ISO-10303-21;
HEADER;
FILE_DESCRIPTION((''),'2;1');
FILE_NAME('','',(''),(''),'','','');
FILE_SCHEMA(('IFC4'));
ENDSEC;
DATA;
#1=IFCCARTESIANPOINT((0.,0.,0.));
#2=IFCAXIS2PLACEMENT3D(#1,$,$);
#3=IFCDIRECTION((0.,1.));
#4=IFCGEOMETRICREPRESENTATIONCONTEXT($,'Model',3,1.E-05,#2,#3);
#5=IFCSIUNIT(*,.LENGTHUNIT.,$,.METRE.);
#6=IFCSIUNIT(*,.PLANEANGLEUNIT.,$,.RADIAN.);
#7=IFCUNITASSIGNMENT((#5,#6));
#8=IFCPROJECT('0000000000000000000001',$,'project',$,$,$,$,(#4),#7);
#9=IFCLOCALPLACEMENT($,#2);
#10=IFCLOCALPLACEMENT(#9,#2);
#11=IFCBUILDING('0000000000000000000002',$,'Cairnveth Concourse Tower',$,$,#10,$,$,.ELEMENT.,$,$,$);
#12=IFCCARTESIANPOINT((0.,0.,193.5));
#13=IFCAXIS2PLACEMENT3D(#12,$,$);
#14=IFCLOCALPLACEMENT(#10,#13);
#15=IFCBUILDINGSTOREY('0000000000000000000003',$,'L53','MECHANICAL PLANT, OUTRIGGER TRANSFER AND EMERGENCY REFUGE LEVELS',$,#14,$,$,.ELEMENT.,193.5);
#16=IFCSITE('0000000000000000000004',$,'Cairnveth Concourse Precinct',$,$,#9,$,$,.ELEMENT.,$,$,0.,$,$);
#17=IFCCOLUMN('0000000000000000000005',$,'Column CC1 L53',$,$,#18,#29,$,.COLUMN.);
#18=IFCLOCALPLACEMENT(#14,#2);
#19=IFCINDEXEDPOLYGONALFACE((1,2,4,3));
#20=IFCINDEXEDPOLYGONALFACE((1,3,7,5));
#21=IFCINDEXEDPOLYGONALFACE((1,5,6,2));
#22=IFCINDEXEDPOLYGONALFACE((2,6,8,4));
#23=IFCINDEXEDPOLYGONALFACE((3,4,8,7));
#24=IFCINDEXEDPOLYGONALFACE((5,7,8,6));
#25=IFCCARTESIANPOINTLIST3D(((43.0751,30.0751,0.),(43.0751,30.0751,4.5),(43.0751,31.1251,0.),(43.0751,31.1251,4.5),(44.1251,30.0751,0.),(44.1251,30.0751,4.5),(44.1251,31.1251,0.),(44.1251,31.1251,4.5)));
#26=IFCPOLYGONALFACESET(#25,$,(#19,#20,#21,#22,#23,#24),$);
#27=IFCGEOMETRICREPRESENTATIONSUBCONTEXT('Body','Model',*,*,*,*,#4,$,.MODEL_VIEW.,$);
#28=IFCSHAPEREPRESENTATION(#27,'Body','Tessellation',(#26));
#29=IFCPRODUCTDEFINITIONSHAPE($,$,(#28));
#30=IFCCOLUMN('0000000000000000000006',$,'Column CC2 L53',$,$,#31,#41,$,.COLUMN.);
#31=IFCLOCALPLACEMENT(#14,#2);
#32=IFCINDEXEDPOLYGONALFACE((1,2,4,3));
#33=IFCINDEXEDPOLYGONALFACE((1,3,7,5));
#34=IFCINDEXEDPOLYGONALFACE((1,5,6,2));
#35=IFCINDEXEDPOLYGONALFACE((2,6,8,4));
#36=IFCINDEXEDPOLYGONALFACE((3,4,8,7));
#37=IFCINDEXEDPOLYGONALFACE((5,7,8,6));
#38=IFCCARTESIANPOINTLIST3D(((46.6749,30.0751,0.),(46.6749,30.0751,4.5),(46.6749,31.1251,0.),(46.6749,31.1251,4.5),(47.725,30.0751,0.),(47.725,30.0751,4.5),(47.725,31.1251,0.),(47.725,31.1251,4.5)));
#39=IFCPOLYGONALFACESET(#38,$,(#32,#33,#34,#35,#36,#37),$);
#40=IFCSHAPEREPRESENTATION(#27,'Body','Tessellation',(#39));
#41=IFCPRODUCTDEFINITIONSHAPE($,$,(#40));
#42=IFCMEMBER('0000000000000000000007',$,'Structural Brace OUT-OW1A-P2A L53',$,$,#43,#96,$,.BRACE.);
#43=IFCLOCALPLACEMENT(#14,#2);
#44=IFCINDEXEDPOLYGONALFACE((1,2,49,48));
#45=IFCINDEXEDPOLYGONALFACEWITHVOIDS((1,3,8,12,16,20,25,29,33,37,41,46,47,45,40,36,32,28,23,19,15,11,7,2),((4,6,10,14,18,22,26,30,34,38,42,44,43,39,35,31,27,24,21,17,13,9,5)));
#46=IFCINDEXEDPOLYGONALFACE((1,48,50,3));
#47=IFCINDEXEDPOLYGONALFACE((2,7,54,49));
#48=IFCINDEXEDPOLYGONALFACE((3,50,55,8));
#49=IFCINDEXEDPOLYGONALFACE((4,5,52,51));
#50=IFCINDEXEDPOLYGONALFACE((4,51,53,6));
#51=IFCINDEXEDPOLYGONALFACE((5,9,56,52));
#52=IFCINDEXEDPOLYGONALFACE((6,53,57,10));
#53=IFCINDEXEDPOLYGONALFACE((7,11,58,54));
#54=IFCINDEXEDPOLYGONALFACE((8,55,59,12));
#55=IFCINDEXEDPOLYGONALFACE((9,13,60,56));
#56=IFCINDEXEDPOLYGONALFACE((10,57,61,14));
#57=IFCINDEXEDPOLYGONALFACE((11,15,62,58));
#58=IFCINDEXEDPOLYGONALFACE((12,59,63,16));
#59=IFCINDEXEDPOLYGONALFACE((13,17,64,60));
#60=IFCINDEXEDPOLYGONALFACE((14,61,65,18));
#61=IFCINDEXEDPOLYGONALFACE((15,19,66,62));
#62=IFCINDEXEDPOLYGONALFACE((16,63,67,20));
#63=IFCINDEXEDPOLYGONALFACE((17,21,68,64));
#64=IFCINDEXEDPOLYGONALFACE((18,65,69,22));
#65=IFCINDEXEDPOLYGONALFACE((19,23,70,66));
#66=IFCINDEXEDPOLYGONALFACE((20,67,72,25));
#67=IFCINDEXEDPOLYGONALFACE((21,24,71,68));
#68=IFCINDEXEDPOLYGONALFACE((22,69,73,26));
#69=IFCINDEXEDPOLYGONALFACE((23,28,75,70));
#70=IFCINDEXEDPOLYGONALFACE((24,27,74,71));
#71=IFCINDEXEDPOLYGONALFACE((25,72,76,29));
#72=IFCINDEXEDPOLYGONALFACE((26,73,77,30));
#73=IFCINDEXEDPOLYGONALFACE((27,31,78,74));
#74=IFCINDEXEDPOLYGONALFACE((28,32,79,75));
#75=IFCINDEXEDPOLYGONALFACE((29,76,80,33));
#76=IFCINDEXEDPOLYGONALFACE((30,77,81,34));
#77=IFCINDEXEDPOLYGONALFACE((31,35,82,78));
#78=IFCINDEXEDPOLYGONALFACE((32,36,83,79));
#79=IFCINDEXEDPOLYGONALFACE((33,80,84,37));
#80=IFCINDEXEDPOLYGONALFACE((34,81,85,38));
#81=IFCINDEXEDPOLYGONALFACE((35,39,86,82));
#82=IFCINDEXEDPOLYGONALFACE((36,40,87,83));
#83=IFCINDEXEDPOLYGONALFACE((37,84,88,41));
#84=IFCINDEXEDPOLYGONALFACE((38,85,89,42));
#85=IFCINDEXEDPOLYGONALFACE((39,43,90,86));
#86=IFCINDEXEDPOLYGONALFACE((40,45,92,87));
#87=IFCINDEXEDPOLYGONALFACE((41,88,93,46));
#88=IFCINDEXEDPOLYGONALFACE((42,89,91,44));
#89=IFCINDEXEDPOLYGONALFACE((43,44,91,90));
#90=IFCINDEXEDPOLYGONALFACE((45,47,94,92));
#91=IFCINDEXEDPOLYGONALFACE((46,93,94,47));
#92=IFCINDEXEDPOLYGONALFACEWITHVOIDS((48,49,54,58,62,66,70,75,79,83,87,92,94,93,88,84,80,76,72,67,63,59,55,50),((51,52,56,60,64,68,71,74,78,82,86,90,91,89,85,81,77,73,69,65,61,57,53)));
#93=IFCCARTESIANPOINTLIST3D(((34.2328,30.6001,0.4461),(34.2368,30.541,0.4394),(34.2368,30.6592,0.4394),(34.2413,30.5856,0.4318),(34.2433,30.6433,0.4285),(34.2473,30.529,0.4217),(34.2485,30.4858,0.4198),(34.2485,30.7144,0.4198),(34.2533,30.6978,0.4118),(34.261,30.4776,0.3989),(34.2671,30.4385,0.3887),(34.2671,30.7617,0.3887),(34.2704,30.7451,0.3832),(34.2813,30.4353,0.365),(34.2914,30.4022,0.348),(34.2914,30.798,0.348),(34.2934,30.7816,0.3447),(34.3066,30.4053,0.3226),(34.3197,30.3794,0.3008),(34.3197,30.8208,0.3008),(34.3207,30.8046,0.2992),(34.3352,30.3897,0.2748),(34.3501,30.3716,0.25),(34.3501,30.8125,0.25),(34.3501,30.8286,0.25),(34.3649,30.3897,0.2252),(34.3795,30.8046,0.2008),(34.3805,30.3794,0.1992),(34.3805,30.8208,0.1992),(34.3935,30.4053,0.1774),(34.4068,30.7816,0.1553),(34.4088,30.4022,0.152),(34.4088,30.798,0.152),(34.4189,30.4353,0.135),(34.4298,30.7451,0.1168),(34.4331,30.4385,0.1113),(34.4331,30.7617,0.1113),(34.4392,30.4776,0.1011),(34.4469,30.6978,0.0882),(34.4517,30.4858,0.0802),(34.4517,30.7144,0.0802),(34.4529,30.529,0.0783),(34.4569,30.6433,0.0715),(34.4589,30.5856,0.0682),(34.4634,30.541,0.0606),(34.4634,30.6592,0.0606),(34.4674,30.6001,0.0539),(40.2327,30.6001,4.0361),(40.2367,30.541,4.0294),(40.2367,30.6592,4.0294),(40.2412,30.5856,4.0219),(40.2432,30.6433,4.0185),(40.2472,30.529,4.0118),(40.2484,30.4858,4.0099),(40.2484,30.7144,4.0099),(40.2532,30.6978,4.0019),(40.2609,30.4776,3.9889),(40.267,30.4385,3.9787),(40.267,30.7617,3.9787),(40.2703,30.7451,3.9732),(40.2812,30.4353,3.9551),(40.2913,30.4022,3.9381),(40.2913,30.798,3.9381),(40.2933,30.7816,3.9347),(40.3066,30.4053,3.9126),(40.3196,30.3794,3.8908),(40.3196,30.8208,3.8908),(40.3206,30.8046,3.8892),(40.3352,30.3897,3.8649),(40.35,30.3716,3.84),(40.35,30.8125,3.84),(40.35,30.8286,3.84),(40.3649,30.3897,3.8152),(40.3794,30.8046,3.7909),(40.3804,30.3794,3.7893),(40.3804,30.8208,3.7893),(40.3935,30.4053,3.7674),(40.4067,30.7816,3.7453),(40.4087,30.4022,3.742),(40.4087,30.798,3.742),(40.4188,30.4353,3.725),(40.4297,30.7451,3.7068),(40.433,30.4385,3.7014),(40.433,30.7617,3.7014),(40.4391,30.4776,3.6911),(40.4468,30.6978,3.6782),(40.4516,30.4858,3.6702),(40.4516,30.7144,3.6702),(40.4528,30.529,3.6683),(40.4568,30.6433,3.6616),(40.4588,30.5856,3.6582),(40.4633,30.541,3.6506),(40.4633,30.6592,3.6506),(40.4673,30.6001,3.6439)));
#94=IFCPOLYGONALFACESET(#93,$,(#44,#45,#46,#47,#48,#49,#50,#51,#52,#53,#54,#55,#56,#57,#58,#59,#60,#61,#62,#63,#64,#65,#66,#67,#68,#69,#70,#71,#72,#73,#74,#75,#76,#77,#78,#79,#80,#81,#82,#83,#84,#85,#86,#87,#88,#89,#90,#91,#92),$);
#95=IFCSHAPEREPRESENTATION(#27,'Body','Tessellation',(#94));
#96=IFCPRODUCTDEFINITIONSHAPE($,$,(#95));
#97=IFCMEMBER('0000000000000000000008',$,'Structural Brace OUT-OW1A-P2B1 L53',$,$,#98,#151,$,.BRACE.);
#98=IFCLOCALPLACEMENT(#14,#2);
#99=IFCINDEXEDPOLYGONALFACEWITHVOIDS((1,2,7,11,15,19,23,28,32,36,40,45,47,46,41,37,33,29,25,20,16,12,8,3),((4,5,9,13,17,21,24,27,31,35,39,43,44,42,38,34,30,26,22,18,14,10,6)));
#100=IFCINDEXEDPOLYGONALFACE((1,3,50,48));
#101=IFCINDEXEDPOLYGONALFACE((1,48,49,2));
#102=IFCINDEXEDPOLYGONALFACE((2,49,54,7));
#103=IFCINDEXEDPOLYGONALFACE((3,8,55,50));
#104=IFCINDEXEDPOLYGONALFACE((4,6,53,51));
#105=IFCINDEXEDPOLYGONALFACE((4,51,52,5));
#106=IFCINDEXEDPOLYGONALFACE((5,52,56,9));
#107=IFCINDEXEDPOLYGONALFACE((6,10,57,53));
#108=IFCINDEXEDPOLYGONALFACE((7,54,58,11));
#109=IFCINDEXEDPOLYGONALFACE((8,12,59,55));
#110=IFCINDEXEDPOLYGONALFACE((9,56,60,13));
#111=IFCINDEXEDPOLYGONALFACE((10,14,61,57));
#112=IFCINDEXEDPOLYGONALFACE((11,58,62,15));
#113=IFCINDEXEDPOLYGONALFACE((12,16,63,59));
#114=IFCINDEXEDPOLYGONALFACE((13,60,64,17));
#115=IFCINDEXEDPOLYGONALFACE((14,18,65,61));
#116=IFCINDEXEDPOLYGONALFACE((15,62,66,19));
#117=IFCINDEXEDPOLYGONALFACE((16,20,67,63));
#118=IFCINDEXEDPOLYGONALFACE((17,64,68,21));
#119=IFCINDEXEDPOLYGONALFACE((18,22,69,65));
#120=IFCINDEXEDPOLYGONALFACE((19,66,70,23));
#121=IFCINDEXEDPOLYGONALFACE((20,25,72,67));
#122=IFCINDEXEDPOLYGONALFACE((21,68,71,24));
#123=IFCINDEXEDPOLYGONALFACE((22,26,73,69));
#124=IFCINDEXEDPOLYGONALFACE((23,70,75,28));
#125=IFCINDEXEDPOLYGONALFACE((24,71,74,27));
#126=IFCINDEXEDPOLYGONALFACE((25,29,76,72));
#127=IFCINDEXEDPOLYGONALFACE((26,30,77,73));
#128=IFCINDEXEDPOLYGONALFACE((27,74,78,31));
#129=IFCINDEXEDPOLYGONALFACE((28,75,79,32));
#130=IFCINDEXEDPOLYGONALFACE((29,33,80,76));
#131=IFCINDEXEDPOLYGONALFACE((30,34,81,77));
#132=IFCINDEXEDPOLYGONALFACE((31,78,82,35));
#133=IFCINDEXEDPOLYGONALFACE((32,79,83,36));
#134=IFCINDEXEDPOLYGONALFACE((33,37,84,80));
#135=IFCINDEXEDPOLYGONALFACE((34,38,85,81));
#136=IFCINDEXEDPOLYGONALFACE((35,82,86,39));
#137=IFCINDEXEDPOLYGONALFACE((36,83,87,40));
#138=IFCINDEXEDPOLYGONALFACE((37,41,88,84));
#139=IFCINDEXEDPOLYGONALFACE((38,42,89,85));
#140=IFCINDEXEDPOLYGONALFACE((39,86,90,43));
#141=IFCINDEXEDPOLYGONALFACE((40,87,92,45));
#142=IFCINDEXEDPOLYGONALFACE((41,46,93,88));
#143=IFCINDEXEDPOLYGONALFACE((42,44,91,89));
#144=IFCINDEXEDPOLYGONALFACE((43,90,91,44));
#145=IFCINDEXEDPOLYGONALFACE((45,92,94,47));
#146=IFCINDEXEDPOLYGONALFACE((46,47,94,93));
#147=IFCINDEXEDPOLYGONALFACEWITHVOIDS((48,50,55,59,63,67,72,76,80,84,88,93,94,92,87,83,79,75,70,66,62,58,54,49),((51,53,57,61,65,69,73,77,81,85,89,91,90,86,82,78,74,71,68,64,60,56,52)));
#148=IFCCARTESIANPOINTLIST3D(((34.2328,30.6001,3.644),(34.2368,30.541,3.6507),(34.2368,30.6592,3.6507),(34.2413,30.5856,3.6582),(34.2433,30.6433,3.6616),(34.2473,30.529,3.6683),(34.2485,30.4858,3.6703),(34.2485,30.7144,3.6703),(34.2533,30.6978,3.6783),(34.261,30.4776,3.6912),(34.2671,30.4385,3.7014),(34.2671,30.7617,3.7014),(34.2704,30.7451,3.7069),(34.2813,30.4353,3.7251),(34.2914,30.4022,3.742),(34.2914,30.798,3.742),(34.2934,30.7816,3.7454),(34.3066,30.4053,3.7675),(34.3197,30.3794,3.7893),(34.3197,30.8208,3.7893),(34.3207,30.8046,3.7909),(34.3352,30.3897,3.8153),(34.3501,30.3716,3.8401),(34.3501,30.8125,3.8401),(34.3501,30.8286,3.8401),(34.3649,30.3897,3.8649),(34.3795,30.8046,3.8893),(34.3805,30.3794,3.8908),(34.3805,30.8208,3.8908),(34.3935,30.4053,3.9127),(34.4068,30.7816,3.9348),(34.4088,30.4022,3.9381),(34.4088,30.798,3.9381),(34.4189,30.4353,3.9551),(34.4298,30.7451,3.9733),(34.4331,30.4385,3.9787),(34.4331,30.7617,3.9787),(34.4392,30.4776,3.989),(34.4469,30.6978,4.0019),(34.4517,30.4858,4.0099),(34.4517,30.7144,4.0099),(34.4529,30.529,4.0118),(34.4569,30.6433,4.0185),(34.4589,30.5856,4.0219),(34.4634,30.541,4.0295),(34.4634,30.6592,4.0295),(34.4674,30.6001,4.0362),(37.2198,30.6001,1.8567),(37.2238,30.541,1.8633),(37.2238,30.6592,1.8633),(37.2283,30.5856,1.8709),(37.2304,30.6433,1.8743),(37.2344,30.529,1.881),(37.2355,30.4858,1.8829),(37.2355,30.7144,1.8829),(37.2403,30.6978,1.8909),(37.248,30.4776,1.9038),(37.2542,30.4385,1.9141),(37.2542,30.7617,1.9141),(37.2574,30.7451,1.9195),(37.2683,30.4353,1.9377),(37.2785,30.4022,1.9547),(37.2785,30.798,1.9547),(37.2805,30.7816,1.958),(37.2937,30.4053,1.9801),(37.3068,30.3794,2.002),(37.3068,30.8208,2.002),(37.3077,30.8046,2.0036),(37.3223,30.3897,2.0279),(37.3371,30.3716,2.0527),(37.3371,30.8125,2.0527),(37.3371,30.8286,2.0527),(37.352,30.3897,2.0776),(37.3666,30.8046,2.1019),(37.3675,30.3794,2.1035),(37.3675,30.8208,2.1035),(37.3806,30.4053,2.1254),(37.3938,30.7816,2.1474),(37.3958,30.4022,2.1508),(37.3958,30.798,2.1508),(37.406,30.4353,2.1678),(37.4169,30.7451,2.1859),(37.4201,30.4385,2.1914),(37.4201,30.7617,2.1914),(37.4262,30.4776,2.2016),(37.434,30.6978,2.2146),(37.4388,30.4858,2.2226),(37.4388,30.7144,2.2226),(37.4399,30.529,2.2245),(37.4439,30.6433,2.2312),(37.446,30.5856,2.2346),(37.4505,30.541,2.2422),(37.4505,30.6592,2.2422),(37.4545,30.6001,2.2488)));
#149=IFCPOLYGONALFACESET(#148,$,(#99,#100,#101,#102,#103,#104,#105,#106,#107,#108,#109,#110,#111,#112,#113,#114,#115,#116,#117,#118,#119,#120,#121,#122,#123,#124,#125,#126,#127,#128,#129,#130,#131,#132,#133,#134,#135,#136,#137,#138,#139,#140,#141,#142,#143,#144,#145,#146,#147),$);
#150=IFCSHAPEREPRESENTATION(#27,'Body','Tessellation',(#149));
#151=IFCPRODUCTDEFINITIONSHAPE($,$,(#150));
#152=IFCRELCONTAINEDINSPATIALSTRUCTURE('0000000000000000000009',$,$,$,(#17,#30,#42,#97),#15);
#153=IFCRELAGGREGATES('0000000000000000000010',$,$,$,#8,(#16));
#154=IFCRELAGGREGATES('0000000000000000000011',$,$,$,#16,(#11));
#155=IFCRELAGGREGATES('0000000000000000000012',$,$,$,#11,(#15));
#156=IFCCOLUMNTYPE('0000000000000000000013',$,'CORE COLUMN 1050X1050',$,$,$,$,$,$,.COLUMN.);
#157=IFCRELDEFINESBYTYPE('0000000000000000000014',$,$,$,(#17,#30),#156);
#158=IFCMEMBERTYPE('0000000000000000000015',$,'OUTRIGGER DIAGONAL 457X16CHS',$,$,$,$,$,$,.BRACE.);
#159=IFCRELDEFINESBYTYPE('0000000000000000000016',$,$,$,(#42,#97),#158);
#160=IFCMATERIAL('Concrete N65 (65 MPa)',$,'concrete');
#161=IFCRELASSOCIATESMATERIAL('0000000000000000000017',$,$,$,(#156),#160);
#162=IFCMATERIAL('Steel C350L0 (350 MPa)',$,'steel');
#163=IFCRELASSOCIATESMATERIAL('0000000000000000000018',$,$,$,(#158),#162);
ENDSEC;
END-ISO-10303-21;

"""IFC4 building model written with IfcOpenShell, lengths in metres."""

from ifc_helpers import new_model, si_unit, direction, frame, origin, origin_2d, place, context, subcontext, project, spatial, rectangle, hollow_circle, extrude, material, material_profile, profile_set, type_object, element, save


model = new_model("IFC4")

# Units and contexts
model_context = context("Model", 3, precision=1e-05, world=origin(), true_north=direction((0.0, 1.0)))
body_context = subcontext(model_context, "Body", "Model", "MODEL_VIEW")
ifc_project = project(units=[si_unit("LENGTHUNIT", "METRE"), si_unit("PLANEANGLEUNIT", "RADIAN")], contexts=[model_context])

# Site, building, storey
site_placement = place(None, origin())
site = spatial("IfcSite", under=ifc_project, at=site_placement, Name="Cairnveth Concourse Precinct", CompositionType="ELEMENT", RefElevation=0.0)
building_placement = place(site_placement, origin())
building = spatial("IfcBuilding", under=site, at=building_placement, Name="Cairnveth Concourse Tower", CompositionType="ELEMENT")
storey_placement = place(building_placement, frame((0.0, 0.0, 193.5)))
storey = spatial("IfcBuildingStorey", under=building, at=storey_placement, Name="L53", Description="MECHANICAL PLANT, OUTRIGGER TRANSFER AND EMERGENCY REFUGE LEVELS", CompositionType="ELEMENT", Elevation=193.5)

# Columns
ifc_material_1 = material(Name="Concrete N65 (65 MPa)", Category="concrete")
ifc_material_profile_1 = material_profile(ifc_material_1, rectangle(XDim=1.05, YDim=1.05, at=origin_2d()), Name="RC-COL-1050x1050")
ifc_profile_set_1 = profile_set([ifc_material_profile_1], Name="Concrete N65 (65 MPa)")
column_type = type_object("IfcColumnType", Name="CORE COLUMN 1050X1050", PredefinedType="COLUMN", material=ifc_profile_set_1)
for number, where, z_axis, x_axis, name in (
    (1, (43.6001, 30.6001, 0.0), (0.0, 0.0, 1.0), (1.0, 0.0, 0.0), "Column CC1 L53"),
    (2, (47.2, 30.6001, 0.0), (0.0, 0.0, 1.0), (1.0, 0.0, 0.0), "Column CC2 L53"),
):
    element("IfcColumn", number, at=place(storey_placement, frame(where, z_axis=z_axis, x_axis=x_axis)), inside=storey, type_object=column_type, Name=name, PredefinedType="COLUMN", context=body_context, shape_type="SweptSolid", body=[
        extrude(rectangle(XDim=1.05, YDim=1.05, at=origin_2d()), origin(), (0.0, 0.0, 1.0), 4.5),
    ])

# Members
ifc_material_2 = material(Name="Steel C350L0 (350 MPa)", Category="steel")
ifc_material_profile_2 = material_profile(ifc_material_2, hollow_circle(Radius=0.2285, WallThickness=0.0161, at=origin_2d()), Name="457.0x16.0CHS")
ifc_profile_set_2 = profile_set([ifc_material_profile_2], Name="Steel C350L0 (350 MPa)")
member_type_1 = type_object("IfcMemberType", Name="OUTRIGGER DIAGONAL 457X16CHS", PredefinedType="BRACE", material=ifc_profile_set_2)
member_1_placement = place(storey_placement, frame((34.3501, 30.6001, 0.25), z_axis=(0.858118, 0.0, 0.513453), x_axis=(0.0, 1.0, 0.0)))
element("IfcMember", 3, at=member_1_placement, inside=storey, type_object=member_type_1, Name="Structural Brace OUT-OW1A-P2A L53", PredefinedType="BRACE", context=body_context, shape_type="SweptSolid", body=[
    extrude(hollow_circle(Radius=0.2285, WallThickness=0.0161, at=origin_2d()), origin(), (0.0, 0.0, 1.0), 6.9919),
])
member_2_placement = place(storey_placement, frame((34.3501, 30.6001, 3.8401), z_axis=(0.858111, 0.0, -0.513464), x_axis=(0.0, 1.0, 0.0)))
element("IfcMember", 4, at=member_2_placement, inside=storey, type_object=member_type_1, Name="Structural Brace OUT-OW1A-P2B1 L53", PredefinedType="BRACE", context=body_context, shape_type="SweptSolid", body=[
    extrude(hollow_circle(Radius=0.2285, WallThickness=0.0161, at=origin_2d()), origin(), (0.0, 0.0, 1.0), 3.481),
])

save(model, "model.ifc")
